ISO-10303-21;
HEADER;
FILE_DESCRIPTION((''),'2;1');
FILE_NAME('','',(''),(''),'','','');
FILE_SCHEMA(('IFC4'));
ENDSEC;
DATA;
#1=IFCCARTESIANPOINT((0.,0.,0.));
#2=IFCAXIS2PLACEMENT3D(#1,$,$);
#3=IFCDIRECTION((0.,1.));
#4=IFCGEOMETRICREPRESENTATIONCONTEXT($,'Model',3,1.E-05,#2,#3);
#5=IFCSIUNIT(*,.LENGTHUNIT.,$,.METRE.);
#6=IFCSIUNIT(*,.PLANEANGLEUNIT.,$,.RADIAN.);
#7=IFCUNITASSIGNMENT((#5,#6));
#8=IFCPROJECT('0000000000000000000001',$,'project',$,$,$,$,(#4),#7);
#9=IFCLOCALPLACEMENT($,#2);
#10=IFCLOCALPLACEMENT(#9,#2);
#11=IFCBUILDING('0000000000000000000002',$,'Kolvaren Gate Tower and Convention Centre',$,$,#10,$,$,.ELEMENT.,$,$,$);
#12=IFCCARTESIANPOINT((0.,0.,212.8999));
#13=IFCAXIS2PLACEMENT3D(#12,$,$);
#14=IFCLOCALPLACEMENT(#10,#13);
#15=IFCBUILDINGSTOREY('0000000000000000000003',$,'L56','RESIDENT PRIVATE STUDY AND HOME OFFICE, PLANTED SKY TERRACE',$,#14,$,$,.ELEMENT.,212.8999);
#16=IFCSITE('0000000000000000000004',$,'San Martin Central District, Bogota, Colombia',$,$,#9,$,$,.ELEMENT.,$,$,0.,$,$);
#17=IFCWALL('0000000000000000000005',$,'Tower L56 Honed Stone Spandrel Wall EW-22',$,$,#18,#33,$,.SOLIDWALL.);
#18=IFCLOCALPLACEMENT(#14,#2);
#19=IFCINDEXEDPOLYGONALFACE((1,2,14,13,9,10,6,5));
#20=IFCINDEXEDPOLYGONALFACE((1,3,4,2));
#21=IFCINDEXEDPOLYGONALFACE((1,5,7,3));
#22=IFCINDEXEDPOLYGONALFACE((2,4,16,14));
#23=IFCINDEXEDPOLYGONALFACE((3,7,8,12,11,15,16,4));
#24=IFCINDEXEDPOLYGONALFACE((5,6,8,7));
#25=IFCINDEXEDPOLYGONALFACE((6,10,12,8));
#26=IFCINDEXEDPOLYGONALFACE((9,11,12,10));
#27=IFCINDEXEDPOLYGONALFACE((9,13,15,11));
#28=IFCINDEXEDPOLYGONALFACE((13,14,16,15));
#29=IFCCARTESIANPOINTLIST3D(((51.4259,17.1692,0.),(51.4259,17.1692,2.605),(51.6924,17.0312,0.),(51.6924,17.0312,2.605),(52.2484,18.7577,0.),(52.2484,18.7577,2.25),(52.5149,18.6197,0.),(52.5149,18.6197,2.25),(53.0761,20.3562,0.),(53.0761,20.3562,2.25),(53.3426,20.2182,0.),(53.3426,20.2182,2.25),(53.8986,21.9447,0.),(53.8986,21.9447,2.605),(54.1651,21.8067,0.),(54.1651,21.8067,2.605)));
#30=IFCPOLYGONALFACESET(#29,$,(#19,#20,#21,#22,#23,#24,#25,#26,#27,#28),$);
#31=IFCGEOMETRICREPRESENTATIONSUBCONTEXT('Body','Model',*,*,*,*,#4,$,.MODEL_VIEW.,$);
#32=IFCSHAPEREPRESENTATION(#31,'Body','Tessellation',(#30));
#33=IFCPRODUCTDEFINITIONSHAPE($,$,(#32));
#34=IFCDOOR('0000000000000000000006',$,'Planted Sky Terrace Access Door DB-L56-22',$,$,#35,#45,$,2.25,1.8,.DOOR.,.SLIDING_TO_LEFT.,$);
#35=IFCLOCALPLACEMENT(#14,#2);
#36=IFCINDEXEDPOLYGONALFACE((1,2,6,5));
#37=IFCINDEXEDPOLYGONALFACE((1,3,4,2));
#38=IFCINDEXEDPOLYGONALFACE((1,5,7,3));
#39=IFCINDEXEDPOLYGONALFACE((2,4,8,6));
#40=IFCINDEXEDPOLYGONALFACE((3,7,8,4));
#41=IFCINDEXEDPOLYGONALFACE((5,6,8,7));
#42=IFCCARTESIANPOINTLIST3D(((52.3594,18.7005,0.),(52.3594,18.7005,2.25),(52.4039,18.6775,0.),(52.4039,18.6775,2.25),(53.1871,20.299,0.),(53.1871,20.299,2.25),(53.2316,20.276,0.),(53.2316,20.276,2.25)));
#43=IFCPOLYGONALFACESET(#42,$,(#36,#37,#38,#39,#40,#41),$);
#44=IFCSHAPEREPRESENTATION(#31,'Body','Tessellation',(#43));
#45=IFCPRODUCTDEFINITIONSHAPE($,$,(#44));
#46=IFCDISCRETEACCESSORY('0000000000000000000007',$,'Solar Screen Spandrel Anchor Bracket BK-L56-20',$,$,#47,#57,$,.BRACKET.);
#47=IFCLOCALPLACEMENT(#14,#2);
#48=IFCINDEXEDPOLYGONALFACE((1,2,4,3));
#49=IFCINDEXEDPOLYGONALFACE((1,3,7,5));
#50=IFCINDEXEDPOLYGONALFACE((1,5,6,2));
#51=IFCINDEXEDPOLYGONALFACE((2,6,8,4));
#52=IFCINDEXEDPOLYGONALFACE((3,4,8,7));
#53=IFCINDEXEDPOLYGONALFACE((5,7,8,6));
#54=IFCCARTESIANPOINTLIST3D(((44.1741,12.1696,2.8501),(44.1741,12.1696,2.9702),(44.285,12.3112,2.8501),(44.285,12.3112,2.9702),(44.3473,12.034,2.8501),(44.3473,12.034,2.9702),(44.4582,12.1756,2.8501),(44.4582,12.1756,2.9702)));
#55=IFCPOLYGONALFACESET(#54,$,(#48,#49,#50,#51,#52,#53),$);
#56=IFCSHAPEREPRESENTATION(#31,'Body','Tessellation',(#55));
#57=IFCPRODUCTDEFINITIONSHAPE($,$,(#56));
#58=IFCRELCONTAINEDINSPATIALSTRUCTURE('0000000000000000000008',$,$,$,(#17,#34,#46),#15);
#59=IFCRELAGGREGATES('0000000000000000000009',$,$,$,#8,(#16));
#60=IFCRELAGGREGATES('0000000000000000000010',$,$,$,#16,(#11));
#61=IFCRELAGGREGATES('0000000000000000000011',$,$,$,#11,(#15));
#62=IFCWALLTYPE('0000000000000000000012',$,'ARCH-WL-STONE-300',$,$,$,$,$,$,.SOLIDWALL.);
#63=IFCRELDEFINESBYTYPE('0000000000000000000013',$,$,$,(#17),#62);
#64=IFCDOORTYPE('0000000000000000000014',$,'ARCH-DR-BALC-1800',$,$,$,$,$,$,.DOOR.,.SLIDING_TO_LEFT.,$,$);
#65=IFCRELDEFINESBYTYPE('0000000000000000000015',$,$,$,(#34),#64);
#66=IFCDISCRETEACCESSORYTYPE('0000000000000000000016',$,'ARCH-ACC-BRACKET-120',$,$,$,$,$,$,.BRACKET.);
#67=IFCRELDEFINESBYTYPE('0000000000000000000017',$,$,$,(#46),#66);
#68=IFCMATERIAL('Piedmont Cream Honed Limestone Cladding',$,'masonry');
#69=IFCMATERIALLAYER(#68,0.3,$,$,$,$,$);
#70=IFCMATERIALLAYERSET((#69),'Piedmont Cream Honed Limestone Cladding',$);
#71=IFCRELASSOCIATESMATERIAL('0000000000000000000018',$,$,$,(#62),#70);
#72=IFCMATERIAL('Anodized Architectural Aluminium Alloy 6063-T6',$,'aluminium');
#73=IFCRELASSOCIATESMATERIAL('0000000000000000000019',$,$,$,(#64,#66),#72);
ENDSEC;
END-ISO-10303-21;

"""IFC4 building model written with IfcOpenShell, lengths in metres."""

from ifc_helpers import new_model, si_unit, direction, frame, frame_2d, origin, origin_2d, place, context, subcontext, project, spatial, rectangle, extrude, material, layer, layer_set, type_object, element, fill, save


model = new_model("IFC4")

# Units and contexts
model_context = context("Model", 3, precision=1e-05, world=origin(), true_north=direction((0.0, 1.0)))
body_context = subcontext(model_context, "Body", "Model", "MODEL_VIEW")
ifc_project = project(units=[si_unit("LENGTHUNIT", "METRE"), si_unit("PLANEANGLEUNIT", "RADIAN")], contexts=[model_context])

# Site, building, storey
site_placement = place(None, origin())
site = spatial("IfcSite", under=ifc_project, at=site_placement, Name="San Martin Central District, Bogota, Colombia", CompositionType="ELEMENT", RefElevation=0.0)
building_placement = place(site_placement, origin())
building = spatial("IfcBuilding", under=site, at=building_placement, Name="Kolvaren Gate Tower and Convention Centre", CompositionType="ELEMENT")
storey_placement = place(building_placement, frame((0.0, 0.0, 212.8999)))
storey = spatial("IfcBuildingStorey", under=building, at=storey_placement, Name="L56", Description="RESIDENT PRIVATE STUDY AND HOME OFFICE, PLANTED SKY TERRACE", CompositionType="ELEMENT", Elevation=212.8999)

# Shared definitions
ifc_material_1 = material(Name="Anodized Architectural Aluminium Alloy 6063-T6", Category="aluminium")

# Shared definitions
ifc_material_2 = material(Name="Piedmont Cream Honed Limestone Cladding", Category="masonry")

# Shared definitions
ifc_layer_1 = layer(ifc_material_2, 0.3)
ifc_layer_set_1 = layer_set([ifc_layer_1], Name="Piedmont Cream Honed Limestone Cladding")
wall_type_1 = type_object("IfcWallType", Name="ARCH-WL-STONE-300", PredefinedType="SOLIDWALL", material=ifc_layer_set_1)

# Wall, opening, door
wall_1_placement = place(storey_placement, frame((51.5591, 17.1001, 0.0), z_axis=(0.0, 0.0, 1.0), x_axis=(0.459808, 0.888018, 0.0)))
wall_1 = element("IfcWall", 1, at=wall_1_placement, inside=storey, type_object=wall_type_1, Name="Tower L56 Honed Stone Spandrel Wall EW-22", PredefinedType="SOLIDWALL", context=body_context, shape_type="SweptSolid", body=[
    extrude(rectangle(XDim=5.3777, YDim=0.3, at=frame_2d((2.689, 0.0))), origin(), (0.0, 0.0, 1.0), 2.605),
])
opening_1_placement = place(wall_1_placement, frame((1.7891, 0.0, 0.0)))
opening_1 = element("IfcOpeningElement", 2, at=opening_1_placement, cuts=wall_1, PredefinedType="OPENING", context=body_context, shape_type="SweptSolid", body=[
    extrude(rectangle(XDim=1.8, YDim=2.25, at=frame_2d((0.8999, 1.125))), frame((0.0, 0.1599, 0.0), z_axis=(0.0, -1.0, 0.0), x_axis=(1.0, 0.0, 0.0)), (0.0, 0.0, 1.0), 0.3201),
])
door_type = type_object("IfcDoorType", Name="ARCH-DR-BALC-1800", OperationType="SLIDING_TO_LEFT", PredefinedType="DOOR", material=ifc_material_1)
door_placement = place(opening_1_placement, frame((1.8, 0.0, 0.0), z_axis=(0.0, 0.0, 1.0), x_axis=(-1.0, 0.0, 0.0)))
door = element("IfcDoor", 3, at=door_placement, inside=storey, type_object=door_type, Name="Planted Sky Terrace Access Door DB-L56-22", OperationType="SLIDING_TO_LEFT", OverallHeight=2.25, OverallWidth=1.8, PredefinedType="DOOR", context=body_context, shape_type="SweptSolid", body=[
    extrude(rectangle(XDim=1.8, YDim=2.25, at=frame_2d((0.8999, 1.125))), frame((0.0, 0.0249, 0.0), z_axis=(0.0, -1.0, 0.0), x_axis=(1.0, 0.0, 0.0)), (0.0, 0.0, 1.0), 0.05),
])
fill(opening_1, door)

# Discrete accessory
discrete_accessory_type = type_object("IfcDiscreteAccessoryType", Name="ARCH-ACC-BRACKET-120", PredefinedType="BRACKET", material=ifc_material_1)
discrete_accessory_placement = place(storey_placement, frame((44.3162, 12.1726, 2.8501), z_axis=(0.0, 0.0, 1.0), x_axis=(0.616434, 0.787406, 0.0)))
element("IfcDiscreteAccessory", 4, at=discrete_accessory_placement, inside=storey, type_object=discrete_accessory_type, Name="Solar Screen Spandrel Anchor Bracket BK-L56-20", PredefinedType="BRACKET", context=body_context, shape_type="SweptSolid", body=[
    extrude(rectangle(XDim=0.1799, YDim=0.22, at=origin_2d()), origin(), (0.0, 0.0, 1.0), 0.1201),
])

save(model, "model.ifc")
